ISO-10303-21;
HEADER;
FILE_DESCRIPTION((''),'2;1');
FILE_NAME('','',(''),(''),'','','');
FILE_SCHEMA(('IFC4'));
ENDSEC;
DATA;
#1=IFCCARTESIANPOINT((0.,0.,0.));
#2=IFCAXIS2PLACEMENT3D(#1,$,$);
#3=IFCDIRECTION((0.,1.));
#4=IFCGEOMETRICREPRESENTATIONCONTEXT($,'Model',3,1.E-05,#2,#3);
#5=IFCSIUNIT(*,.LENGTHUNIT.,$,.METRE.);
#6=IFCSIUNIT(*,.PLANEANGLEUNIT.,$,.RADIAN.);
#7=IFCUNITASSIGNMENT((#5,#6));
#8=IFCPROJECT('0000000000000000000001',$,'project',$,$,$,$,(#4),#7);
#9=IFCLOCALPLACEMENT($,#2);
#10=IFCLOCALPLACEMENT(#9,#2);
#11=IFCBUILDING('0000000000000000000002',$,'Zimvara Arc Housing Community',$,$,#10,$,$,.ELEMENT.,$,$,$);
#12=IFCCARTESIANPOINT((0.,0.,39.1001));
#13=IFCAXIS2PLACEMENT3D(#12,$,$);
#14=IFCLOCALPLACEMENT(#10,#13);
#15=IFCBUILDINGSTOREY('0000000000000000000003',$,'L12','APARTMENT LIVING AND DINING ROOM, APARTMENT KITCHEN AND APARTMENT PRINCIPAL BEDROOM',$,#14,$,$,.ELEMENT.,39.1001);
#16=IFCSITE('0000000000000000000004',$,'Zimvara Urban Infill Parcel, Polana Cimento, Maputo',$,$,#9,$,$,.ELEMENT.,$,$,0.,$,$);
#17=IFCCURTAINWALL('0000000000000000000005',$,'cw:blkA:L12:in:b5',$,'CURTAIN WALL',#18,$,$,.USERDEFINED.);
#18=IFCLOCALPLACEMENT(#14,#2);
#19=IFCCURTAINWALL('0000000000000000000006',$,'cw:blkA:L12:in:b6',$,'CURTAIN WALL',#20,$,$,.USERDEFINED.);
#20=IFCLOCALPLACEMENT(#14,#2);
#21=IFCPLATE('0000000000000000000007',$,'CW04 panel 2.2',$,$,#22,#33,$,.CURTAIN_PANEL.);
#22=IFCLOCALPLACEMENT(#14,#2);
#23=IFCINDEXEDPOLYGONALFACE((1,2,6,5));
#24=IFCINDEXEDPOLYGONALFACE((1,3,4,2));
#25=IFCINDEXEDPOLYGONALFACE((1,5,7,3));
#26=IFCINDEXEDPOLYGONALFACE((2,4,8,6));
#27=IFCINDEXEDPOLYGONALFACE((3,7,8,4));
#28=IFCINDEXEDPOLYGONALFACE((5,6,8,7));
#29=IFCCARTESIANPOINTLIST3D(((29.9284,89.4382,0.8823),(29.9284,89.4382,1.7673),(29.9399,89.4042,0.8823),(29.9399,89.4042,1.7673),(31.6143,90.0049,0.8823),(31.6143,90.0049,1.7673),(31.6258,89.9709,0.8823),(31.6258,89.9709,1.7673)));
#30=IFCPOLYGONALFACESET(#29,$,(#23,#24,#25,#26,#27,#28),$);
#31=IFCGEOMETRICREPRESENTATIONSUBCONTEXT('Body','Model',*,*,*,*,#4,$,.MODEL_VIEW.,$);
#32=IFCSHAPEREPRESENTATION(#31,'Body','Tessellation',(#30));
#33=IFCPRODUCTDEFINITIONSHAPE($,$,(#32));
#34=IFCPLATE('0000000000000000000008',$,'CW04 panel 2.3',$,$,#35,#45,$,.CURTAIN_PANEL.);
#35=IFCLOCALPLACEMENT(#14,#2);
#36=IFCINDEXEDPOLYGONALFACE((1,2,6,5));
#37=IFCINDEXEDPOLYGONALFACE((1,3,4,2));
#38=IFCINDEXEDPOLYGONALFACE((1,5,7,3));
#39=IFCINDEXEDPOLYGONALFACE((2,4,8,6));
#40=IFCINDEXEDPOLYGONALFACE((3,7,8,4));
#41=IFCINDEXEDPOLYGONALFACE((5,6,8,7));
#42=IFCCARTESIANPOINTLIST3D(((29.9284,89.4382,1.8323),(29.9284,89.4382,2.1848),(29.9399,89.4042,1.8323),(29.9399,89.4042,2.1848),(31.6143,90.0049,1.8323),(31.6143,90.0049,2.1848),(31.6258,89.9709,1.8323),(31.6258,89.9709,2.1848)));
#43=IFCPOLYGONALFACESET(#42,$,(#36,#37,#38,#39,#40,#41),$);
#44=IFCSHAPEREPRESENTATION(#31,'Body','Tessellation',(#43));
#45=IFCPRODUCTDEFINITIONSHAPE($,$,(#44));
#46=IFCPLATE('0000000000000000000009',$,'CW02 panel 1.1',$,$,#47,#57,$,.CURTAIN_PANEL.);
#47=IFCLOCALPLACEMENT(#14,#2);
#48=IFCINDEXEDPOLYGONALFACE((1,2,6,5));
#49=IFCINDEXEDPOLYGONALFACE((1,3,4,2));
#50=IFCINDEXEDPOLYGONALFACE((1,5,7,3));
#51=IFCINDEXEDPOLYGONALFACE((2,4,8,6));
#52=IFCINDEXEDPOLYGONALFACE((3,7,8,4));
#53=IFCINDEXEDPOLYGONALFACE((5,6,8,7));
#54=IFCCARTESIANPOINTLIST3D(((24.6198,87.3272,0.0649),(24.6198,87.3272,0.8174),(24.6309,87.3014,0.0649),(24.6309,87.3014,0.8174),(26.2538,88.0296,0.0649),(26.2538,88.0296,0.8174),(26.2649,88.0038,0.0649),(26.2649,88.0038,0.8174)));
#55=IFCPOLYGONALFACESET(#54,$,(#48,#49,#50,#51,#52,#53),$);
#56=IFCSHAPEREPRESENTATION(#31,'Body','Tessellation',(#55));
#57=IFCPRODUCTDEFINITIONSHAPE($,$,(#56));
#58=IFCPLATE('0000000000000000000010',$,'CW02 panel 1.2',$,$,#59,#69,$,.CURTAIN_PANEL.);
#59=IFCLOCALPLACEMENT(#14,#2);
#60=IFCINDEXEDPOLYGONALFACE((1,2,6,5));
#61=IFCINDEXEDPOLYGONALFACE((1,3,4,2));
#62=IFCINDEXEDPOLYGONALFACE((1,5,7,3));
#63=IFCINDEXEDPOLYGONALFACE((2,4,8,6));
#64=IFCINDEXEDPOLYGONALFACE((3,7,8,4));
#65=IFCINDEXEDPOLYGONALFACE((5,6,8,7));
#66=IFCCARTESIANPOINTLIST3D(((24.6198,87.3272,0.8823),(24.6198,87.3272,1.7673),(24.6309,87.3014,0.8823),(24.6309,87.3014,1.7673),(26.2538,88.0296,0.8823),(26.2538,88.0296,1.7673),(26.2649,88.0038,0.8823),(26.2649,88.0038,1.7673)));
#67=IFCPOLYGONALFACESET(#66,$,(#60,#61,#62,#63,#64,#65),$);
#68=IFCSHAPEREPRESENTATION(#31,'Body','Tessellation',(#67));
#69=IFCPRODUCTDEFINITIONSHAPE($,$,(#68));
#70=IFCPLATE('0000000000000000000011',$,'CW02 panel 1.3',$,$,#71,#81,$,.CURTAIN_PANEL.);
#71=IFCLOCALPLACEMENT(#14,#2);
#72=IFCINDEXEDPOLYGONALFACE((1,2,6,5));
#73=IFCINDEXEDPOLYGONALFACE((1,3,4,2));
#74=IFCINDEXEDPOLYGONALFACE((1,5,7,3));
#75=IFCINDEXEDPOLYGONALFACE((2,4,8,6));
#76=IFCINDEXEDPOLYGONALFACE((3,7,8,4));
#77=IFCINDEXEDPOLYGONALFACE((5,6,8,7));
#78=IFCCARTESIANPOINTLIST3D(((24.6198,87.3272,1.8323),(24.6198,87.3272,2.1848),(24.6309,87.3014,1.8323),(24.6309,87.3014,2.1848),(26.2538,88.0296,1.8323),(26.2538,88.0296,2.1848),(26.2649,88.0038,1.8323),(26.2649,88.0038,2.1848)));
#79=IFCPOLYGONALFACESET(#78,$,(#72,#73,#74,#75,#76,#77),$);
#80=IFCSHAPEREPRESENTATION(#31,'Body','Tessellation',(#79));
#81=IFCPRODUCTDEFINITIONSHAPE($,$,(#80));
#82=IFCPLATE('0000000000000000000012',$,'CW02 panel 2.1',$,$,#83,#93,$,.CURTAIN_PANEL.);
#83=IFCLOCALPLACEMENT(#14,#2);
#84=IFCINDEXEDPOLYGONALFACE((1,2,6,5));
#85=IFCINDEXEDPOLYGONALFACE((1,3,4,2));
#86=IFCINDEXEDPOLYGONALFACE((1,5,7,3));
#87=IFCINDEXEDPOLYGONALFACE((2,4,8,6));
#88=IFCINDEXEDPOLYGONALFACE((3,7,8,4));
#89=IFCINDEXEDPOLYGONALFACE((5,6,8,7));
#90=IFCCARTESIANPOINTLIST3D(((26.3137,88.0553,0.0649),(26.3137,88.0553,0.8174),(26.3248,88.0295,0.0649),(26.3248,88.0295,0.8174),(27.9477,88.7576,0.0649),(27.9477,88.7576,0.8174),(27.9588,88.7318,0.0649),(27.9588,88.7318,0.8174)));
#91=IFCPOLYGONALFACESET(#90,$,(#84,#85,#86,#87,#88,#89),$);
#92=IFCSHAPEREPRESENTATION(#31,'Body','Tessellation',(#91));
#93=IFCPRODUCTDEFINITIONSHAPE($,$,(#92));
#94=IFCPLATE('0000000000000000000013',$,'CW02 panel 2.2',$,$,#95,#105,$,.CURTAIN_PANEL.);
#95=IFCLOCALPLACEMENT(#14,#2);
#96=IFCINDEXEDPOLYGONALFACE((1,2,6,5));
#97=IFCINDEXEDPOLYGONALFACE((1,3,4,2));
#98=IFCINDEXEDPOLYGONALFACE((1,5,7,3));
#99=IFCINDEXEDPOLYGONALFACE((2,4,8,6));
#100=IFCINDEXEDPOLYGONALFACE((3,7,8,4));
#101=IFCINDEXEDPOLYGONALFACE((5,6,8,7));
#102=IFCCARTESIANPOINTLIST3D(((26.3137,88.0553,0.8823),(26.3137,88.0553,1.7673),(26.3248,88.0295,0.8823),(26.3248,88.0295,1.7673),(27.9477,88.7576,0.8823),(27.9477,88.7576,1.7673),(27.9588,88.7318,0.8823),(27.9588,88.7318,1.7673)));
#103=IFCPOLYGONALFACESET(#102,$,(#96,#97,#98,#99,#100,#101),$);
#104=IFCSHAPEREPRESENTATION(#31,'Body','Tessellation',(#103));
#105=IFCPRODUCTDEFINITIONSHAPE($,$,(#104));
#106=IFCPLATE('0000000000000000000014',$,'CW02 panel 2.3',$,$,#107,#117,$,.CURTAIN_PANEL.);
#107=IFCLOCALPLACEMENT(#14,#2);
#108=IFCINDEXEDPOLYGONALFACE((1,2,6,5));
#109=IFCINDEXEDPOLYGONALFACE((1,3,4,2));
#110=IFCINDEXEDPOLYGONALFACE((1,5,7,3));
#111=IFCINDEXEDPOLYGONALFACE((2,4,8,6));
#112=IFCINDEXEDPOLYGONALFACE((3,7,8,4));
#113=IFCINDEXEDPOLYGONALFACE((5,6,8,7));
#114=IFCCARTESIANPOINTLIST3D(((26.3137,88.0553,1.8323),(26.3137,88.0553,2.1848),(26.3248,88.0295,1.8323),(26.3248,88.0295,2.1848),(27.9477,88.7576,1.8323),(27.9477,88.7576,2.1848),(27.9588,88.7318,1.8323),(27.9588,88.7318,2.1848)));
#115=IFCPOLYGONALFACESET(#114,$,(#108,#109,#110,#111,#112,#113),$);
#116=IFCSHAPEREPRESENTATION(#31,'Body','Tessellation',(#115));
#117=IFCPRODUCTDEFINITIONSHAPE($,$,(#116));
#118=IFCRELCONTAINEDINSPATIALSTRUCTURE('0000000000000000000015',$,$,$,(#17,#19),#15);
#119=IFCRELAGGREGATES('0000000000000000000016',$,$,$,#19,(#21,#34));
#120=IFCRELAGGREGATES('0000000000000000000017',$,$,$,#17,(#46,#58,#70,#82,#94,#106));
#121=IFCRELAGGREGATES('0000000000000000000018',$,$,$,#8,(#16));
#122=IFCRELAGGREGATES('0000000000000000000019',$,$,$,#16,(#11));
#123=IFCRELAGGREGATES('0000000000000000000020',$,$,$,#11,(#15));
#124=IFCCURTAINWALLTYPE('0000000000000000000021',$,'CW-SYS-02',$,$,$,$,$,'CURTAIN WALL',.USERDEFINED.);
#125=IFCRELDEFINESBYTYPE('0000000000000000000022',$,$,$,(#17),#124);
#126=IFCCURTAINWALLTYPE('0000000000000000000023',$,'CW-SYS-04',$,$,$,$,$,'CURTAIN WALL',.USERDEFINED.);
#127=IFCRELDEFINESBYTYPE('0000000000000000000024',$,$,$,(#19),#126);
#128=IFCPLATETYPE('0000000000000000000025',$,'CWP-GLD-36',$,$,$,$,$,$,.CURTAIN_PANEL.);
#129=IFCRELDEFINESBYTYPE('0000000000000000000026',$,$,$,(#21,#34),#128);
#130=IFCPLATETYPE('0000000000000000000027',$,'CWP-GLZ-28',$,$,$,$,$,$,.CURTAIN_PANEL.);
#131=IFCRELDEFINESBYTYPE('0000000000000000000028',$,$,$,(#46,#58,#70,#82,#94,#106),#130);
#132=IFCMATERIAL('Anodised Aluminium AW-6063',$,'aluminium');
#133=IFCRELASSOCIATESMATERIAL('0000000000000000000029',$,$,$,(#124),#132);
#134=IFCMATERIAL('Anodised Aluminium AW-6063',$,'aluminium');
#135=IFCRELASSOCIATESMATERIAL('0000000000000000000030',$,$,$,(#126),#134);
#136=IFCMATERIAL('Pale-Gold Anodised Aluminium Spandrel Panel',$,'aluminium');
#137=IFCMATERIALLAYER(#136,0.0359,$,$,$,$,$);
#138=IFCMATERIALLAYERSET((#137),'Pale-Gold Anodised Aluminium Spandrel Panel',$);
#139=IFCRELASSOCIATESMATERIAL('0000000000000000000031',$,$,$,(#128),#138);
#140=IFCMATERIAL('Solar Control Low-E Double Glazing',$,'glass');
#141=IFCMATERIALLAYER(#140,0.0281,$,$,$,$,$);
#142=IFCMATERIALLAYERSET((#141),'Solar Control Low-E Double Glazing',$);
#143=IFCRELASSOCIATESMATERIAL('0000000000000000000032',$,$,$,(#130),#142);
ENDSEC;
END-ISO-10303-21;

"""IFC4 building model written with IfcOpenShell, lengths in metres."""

from ifc_helpers import new_model, si_unit, direction, frame, origin, origin_2d, place, context, subcontext, project, spatial, rectangle, extrude, material, layer, layer_set, type_object, element, aggregate, save


model = new_model("IFC4")

# Units and contexts
model_context = context("Model", 3, precision=1e-05, world=origin(), true_north=direction((0.0, 1.0)))
body_context = subcontext(model_context, "Body", "Model", "MODEL_VIEW")
ifc_project = project(units=[si_unit("LENGTHUNIT", "METRE"), si_unit("PLANEANGLEUNIT", "RADIAN")], contexts=[model_context])

# Site, building, storey
site_placement = place(None, origin())
site = spatial("IfcSite", under=ifc_project, at=site_placement, Name="Zimvara Urban Infill Parcel, Polana Cimento, Maputo", CompositionType="ELEMENT", RefElevation=0.0)
building_placement = place(site_placement, origin())
building = spatial("IfcBuilding", under=site, at=building_placement, Name="Zimvara Arc Housing Community", CompositionType="ELEMENT")
storey_placement = place(building_placement, frame((0.0, 0.0, 39.1001)))
storey = spatial("IfcBuildingStorey", under=building, at=storey_placement, Name="L12", Description="APARTMENT LIVING AND DINING ROOM, APARTMENT KITCHEN AND APARTMENT PRINCIPAL BEDROOM", CompositionType="ELEMENT", Elevation=39.1001)

# Curtain walls
ifc_material_1 = material(Name="Anodised Aluminium AW-6063", Category="aluminium")
curtain_wall_type_1 = type_object("IfcCurtainWallType", Name="CW-SYS-02", ElementType="CURTAIN WALL", PredefinedType="USERDEFINED", material=ifc_material_1)
curtain_wall_1_placement = place(storey_placement, origin())
curtain_wall_1 = element("IfcCurtainWall", 1, at=curtain_wall_1_placement, inside=storey, type_object=curtain_wall_type_1, Name="cw:blkA:L12:in:b5", ObjectType="CURTAIN WALL", PredefinedType="USERDEFINED")
ifc_material_2 = material(Name="Anodised Aluminium AW-6063", Category="aluminium")
curtain_wall_type_2 = type_object("IfcCurtainWallType", Name="CW-SYS-04", ElementType="CURTAIN WALL", PredefinedType="USERDEFINED", material=ifc_material_2)
curtain_wall_2_placement = place(storey_placement, origin())
curtain_wall_2 = element("IfcCurtainWall", 2, at=curtain_wall_2_placement, inside=storey, type_object=curtain_wall_type_2, Name="cw:blkA:L12:in:b6", ObjectType="CURTAIN WALL", PredefinedType="USERDEFINED")

# Plates
ifc_material_3 = material(Name="Pale-Gold Anodised Aluminium Spandrel Panel", Category="aluminium")
ifc_layer_1 = layer(ifc_material_3, 0.0359)
ifc_layer_set_1 = layer_set([ifc_layer_1], Name="Pale-Gold Anodised Aluminium Spandrel Panel")
plate_type_1 = type_object("IfcPlateType", Name="CWP-GLD-36", PredefinedType="CURTAIN_PANEL", material=ifc_layer_set_1)
plate_1_placement = place(storey_placement, frame((30.7771, 89.7046, 0.8823), z_axis=(0.0, 0.0, 1.0), x_axis=(0.94788, 0.318627, 0.0)))
plate_1 = element("IfcPlate", 3, at=plate_1_placement, type_object=plate_type_1, Name="CW04 panel 2.2", PredefinedType="CURTAIN_PANEL", context=body_context, shape_type="SweptSolid", body=[
    extrude(rectangle(XDim=1.7786, YDim=0.0359, at=origin_2d()), origin(), (0.0, 0.0, 1.0), 0.885),
])
plate_2_placement = place(storey_placement, frame((30.7771, 89.7046, 1.8323), z_axis=(0.0, 0.0, 1.0), x_axis=(0.94788, 0.318627, 0.0)))
plate_2 = element("IfcPlate", 4, at=plate_2_placement, type_object=plate_type_1, Name="CW04 panel 2.3", PredefinedType="CURTAIN_PANEL", context=body_context, shape_type="SweptSolid", body=[
    extrude(rectangle(XDim=1.7786, YDim=0.0359, at=origin_2d()), origin(), (0.0, 0.0, 1.0), 0.3525),
])
aggregate(curtain_wall_2, [plate_1, plate_2])
ifc_material_4 = material(Name="Solar Control Low-E Double Glazing", Category="glass")
ifc_layer_2 = layer(ifc_material_4, 0.0281)
ifc_layer_set_2 = layer_set([ifc_layer_2], Name="Solar Control Low-E Double Glazing")
plate_type_2 = type_object("IfcPlateType", Name="CWP-GLZ-28", PredefinedType="CURTAIN_PANEL", material=ifc_layer_set_2)
plate_3_placement = place(storey_placement, frame((25.4424, 87.6655, 0.0649), z_axis=(0.0, 0.0, 1.0), x_axis=(0.918722, 0.394904, 0.0)))
plate_3 = element("IfcPlate", 5, at=plate_3_placement, type_object=plate_type_2, Name="CW02 panel 1.1", PredefinedType="CURTAIN_PANEL", context=body_context, shape_type="SweptSolid", body=[
    extrude(rectangle(XDim=1.7786, YDim=0.0281, at=origin_2d()), origin(), (0.0, 0.0, 1.0), 0.7524),
])
plate_4_placement = place(storey_placement, frame((25.4424, 87.6655, 0.8823), z_axis=(0.0, 0.0, 1.0), x_axis=(0.918722, 0.394904, 0.0)))
plate_4 = element("IfcPlate", 6, at=plate_4_placement, type_object=plate_type_2, Name="CW02 panel 1.2", PredefinedType="CURTAIN_PANEL", context=body_context, shape_type="SweptSolid", body=[
    extrude(rectangle(XDim=1.7786, YDim=0.0281, at=origin_2d()), origin(), (0.0, 0.0, 1.0), 0.885),
])
plate_5_placement = place(storey_placement, frame((25.4424, 87.6655, 1.8323), z_axis=(0.0, 0.0, 1.0), x_axis=(0.918722, 0.394904, 0.0)))
plate_5 = element("IfcPlate", 7, at=plate_5_placement, type_object=plate_type_2, Name="CW02 panel 1.3", PredefinedType="CURTAIN_PANEL", context=body_context, shape_type="SweptSolid", body=[
    extrude(rectangle(XDim=1.7786, YDim=0.0281, at=origin_2d()), origin(), (0.0, 0.0, 1.0), 0.3525),
])
plate_6_placement = place(storey_placement, frame((27.1362, 88.3936, 0.0649), z_axis=(0.0, 0.0, 1.0), x_axis=(0.918722, 0.394904, 0.0)))
plate_6 = element("IfcPlate", 8, at=plate_6_placement, type_object=plate_type_2, Name="CW02 panel 2.1", PredefinedType="CURTAIN_PANEL", context=body_context, shape_type="SweptSolid", body=[
    extrude(rectangle(XDim=1.7786, YDim=0.0281, at=origin_2d()), origin(), (0.0, 0.0, 1.0), 0.7524),
])
plate_7_placement = place(storey_placement, frame((27.1362, 88.3936, 0.8823), z_axis=(0.0, 0.0, 1.0), x_axis=(0.918722, 0.394904, 0.0)))
plate_7 = element("IfcPlate", 9, at=plate_7_placement, type_object=plate_type_2, Name="CW02 panel 2.2", PredefinedType="CURTAIN_PANEL", context=body_context, shape_type="SweptSolid", body=[
    extrude(rectangle(XDim=1.7786, YDim=0.0281, at=origin_2d()), origin(), (0.0, 0.0, 1.0), 0.885),
])
plate_8_placement = place(storey_placement, frame((27.1362, 88.3936, 1.8323), z_axis=(0.0, 0.0, 1.0), x_axis=(0.918722, 0.394904, 0.0)))
plate_8 = element("IfcPlate", 10, at=plate_8_placement, type_object=plate_type_2, Name="CW02 panel 2.3", PredefinedType="CURTAIN_PANEL", context=body_context, shape_type="SweptSolid", body=[
    extrude(rectangle(XDim=1.7786, YDim=0.0281, at=origin_2d()), origin(), (0.0, 0.0, 1.0), 0.3525),
])
aggregate(curtain_wall_1, [plate_3, plate_4, plate_5, plate_6, plate_7, plate_8])

save(model, "model.ifc")
